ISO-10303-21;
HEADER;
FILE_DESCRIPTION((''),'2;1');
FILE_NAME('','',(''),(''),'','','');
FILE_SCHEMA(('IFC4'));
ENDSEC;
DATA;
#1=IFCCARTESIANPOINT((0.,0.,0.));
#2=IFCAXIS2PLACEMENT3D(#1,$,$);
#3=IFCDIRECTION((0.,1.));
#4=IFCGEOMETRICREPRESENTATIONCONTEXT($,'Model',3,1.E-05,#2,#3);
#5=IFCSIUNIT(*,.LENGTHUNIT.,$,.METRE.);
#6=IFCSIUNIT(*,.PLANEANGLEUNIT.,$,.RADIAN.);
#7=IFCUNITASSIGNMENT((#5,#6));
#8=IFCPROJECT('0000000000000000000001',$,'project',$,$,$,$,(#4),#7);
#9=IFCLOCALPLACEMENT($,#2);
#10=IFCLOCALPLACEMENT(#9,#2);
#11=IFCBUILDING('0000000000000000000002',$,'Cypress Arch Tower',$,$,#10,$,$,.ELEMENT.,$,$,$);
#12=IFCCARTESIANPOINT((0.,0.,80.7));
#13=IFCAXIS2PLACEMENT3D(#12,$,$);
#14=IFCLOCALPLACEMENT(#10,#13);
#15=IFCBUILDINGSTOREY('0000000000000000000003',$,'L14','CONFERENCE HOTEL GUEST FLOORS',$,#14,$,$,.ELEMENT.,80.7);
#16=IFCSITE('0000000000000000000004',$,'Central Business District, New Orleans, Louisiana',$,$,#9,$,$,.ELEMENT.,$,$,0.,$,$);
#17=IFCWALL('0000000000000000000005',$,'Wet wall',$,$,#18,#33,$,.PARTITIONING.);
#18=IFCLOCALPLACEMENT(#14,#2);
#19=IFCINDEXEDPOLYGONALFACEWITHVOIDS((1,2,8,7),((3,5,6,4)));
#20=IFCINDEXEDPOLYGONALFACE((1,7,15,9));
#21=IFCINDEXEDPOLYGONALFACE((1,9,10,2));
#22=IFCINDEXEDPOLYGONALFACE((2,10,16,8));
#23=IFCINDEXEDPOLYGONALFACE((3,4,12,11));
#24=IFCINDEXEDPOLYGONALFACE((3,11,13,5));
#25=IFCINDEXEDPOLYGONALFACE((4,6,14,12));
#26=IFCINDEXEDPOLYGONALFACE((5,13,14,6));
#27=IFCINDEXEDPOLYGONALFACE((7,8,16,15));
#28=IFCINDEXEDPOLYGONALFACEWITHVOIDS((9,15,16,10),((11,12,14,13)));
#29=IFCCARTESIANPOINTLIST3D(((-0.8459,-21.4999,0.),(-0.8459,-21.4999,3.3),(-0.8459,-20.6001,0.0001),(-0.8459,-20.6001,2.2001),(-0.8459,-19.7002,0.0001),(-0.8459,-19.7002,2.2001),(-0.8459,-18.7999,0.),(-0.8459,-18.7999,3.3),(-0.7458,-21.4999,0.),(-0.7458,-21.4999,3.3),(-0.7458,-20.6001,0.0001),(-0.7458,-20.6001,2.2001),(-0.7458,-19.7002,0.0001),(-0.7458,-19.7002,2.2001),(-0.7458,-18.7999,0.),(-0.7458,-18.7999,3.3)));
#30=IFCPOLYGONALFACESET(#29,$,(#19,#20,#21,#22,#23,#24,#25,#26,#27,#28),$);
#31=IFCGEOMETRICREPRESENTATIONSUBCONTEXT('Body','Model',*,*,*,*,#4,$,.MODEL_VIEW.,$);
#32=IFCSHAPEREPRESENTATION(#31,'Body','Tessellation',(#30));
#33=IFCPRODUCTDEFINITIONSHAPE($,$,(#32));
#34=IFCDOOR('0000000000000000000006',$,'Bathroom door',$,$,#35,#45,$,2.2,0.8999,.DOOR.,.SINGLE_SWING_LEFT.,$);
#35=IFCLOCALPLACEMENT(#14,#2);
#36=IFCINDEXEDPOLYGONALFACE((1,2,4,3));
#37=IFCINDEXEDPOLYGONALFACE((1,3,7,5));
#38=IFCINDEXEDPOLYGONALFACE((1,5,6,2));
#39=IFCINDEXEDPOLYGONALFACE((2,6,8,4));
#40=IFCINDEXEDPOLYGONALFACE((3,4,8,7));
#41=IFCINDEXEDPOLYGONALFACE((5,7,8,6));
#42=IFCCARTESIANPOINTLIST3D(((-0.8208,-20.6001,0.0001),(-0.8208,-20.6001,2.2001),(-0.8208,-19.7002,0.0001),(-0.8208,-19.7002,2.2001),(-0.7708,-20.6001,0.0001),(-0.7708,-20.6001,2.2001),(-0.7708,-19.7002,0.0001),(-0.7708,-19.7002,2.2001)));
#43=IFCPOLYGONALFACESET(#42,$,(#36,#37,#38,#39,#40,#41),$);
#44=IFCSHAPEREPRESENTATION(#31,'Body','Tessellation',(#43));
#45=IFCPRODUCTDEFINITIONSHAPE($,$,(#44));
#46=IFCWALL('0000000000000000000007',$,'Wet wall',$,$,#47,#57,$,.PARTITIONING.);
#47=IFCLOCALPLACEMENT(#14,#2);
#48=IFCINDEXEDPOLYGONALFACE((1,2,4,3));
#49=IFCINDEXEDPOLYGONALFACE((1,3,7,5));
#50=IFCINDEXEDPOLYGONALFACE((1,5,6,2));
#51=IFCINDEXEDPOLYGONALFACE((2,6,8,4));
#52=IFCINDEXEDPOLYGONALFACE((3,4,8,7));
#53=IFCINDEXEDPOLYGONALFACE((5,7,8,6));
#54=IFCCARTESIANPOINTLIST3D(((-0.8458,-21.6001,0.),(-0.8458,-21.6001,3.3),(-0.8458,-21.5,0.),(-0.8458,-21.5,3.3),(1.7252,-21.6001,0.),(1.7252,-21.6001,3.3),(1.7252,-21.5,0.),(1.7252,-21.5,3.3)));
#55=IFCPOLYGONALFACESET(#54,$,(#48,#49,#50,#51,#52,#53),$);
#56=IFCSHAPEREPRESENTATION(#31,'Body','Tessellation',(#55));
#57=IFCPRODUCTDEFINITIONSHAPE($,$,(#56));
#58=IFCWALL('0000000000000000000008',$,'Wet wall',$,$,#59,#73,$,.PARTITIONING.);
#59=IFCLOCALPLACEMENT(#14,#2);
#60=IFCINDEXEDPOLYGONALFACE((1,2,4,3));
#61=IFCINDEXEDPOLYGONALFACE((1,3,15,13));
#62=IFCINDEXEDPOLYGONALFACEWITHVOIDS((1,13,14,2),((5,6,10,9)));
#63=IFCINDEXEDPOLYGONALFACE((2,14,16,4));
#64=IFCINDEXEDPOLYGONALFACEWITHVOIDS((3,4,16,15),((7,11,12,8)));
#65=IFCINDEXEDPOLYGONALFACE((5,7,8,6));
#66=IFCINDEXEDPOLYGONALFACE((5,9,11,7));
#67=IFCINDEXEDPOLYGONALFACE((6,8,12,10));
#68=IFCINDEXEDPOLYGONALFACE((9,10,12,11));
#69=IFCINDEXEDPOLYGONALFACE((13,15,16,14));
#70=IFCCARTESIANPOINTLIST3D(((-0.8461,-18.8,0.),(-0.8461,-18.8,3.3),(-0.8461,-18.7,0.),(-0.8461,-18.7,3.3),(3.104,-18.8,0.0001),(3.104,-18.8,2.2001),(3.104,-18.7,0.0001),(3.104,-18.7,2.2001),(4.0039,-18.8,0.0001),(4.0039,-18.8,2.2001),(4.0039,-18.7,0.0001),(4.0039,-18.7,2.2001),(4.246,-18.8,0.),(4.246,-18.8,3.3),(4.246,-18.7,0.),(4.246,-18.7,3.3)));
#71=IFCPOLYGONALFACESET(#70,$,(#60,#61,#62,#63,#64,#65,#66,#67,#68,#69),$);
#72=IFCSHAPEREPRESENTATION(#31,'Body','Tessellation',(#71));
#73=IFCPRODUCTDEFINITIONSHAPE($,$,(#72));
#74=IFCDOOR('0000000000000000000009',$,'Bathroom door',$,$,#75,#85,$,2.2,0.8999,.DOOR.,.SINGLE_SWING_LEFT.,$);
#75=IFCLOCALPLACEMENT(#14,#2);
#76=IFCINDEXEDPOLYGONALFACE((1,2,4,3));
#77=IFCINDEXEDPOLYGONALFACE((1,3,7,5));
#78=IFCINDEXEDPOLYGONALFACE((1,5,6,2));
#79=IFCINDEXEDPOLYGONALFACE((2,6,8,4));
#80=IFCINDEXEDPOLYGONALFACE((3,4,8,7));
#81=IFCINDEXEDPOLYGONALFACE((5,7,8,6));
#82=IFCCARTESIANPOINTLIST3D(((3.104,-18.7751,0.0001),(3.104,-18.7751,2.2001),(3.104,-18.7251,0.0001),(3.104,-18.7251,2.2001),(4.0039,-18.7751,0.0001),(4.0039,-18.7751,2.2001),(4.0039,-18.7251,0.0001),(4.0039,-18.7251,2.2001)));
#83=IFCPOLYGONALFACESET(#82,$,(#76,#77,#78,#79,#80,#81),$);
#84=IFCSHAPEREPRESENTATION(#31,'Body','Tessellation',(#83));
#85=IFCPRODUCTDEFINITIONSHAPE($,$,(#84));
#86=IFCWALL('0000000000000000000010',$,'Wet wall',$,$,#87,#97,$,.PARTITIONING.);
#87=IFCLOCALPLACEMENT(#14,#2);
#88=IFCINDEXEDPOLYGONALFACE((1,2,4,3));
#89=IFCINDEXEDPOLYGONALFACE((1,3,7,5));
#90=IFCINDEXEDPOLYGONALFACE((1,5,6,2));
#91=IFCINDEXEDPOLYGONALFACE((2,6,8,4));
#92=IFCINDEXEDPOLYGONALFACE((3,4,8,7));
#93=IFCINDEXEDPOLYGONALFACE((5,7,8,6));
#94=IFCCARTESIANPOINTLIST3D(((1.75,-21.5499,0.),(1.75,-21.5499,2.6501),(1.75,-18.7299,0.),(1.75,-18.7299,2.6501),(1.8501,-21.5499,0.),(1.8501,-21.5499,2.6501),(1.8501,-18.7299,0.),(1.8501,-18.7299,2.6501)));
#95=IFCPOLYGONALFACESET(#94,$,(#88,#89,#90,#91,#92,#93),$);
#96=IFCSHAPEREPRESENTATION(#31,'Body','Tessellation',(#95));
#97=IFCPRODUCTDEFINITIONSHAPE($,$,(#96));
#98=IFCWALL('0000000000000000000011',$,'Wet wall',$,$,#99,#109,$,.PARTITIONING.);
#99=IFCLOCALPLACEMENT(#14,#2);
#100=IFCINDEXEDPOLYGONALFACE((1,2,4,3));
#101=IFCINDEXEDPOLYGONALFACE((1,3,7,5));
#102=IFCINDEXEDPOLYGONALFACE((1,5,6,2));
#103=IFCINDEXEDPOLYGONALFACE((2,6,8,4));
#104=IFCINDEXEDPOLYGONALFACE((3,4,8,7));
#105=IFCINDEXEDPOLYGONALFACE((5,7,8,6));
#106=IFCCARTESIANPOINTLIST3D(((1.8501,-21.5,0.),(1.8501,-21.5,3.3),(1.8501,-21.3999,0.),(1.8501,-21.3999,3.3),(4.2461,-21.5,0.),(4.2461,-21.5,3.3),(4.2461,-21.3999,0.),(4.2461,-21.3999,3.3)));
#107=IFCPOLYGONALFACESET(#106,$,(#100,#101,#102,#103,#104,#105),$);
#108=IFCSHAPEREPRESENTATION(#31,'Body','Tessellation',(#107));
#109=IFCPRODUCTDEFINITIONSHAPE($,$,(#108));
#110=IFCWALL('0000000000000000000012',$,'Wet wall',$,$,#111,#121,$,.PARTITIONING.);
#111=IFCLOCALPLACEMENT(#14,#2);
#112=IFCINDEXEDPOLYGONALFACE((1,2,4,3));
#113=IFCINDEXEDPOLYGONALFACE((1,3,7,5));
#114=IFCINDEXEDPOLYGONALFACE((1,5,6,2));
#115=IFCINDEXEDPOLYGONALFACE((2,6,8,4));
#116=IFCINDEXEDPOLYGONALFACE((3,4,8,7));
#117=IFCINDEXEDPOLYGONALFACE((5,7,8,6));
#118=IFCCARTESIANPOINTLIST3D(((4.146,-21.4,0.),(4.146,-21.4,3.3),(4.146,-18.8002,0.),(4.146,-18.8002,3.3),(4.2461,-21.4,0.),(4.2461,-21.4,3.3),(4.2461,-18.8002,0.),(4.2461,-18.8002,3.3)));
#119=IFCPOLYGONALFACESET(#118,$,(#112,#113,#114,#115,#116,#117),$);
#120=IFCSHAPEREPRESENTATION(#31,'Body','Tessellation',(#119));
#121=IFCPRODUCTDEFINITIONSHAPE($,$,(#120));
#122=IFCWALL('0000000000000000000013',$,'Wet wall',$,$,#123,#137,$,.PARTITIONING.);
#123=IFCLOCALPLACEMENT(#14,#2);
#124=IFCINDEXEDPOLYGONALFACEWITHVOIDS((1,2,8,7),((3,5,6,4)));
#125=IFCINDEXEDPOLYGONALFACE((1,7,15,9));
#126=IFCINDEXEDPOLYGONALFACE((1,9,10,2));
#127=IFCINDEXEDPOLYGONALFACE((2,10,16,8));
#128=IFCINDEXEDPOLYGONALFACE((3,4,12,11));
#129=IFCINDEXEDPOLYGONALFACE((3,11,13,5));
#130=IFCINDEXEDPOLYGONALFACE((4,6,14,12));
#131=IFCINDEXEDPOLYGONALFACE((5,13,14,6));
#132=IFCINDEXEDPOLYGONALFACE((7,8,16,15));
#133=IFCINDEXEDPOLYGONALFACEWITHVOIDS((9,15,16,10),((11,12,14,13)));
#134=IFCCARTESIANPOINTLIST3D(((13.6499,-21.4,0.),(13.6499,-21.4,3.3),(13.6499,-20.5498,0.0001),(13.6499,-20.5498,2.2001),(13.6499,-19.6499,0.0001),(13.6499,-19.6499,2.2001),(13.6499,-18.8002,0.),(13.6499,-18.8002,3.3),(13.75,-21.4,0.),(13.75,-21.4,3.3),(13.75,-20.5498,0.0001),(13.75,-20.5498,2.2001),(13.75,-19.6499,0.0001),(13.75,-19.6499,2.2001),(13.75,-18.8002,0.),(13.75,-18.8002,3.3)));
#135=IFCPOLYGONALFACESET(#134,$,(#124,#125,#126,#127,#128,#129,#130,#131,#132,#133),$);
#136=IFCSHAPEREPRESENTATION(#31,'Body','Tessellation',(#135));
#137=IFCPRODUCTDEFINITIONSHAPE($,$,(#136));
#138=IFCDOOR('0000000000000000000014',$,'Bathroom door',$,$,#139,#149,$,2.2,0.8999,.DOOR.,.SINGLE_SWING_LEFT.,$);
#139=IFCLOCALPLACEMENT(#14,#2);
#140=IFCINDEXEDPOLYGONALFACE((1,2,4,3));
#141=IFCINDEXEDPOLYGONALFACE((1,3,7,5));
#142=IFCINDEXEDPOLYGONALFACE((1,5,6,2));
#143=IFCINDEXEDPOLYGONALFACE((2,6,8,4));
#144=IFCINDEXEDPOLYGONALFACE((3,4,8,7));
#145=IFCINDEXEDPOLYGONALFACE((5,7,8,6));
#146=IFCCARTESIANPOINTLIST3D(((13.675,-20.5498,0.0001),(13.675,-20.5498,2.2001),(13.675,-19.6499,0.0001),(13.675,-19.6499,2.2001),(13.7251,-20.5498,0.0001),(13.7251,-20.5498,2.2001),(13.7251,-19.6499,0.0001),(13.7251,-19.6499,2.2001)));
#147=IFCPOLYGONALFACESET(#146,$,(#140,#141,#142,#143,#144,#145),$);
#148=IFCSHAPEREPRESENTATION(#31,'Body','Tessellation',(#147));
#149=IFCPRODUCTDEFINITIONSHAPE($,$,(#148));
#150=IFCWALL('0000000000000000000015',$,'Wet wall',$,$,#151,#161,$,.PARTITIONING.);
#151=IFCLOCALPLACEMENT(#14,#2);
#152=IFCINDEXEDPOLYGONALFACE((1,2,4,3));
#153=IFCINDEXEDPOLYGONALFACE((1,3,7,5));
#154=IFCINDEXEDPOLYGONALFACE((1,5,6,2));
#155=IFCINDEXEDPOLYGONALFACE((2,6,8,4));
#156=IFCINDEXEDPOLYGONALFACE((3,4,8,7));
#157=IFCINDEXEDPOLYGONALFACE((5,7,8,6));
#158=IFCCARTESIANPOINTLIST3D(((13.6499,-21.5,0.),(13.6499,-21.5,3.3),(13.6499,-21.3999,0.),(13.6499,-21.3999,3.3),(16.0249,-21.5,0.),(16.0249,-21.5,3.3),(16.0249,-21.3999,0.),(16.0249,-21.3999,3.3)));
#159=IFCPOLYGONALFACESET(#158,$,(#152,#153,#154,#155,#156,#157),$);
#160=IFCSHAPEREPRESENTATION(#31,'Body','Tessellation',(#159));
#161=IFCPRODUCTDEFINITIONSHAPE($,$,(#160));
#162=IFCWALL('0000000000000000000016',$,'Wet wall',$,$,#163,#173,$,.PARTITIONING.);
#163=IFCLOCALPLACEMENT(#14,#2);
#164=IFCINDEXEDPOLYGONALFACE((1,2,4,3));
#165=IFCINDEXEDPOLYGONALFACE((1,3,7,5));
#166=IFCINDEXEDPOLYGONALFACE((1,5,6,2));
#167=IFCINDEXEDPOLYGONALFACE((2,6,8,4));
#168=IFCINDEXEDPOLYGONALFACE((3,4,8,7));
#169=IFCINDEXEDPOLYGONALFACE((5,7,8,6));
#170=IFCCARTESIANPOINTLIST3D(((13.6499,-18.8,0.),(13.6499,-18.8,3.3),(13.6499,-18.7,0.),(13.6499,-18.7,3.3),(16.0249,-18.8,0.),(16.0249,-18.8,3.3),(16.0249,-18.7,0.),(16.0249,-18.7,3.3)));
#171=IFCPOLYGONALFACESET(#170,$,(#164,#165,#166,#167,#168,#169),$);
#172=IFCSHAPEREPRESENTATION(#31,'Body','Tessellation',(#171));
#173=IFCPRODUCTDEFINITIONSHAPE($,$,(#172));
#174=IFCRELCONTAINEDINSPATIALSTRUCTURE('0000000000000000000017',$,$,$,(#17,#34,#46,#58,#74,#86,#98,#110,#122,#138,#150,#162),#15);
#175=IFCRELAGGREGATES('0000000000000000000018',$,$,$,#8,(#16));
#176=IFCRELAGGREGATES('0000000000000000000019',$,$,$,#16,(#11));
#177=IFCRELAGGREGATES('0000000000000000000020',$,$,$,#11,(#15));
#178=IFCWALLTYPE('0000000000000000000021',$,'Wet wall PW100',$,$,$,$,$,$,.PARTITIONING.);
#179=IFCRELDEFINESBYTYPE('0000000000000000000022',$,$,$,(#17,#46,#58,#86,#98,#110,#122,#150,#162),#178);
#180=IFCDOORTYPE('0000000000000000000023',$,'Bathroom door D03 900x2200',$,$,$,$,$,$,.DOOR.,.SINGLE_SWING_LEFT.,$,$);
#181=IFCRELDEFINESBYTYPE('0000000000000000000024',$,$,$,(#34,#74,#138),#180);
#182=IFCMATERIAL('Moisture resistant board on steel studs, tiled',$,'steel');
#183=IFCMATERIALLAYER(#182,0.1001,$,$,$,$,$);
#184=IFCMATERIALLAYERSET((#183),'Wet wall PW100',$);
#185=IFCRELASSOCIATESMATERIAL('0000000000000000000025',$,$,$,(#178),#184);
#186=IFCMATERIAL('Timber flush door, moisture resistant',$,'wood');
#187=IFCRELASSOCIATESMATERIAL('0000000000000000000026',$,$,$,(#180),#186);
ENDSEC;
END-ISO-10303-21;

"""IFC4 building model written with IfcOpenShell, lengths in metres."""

from ifc_helpers import new_model, si_unit, direction, frame, frame_2d, origin, place, context, subcontext, project, spatial, rectangle, extrude, material, layer, layer_set, type_object, element, fill, save


model = new_model("IFC4")

# Units and contexts
model_context = context("Model", 3, precision=1e-05, world=origin(), true_north=direction((0.0, 1.0)))
body_context = subcontext(model_context, "Body", "Model", "MODEL_VIEW")
ifc_project = project(units=[si_unit("LENGTHUNIT", "METRE"), si_unit("PLANEANGLEUNIT", "RADIAN")], contexts=[model_context])

# Site, building, storey
site_placement = place(None, origin())
site = spatial("IfcSite", under=ifc_project, at=site_placement, Name="Central Business District, New Orleans, Louisiana", CompositionType="ELEMENT", RefElevation=0.0)
building_placement = place(site_placement, origin())
building = spatial("IfcBuilding", under=site, at=building_placement, Name="Cypress Arch Tower", CompositionType="ELEMENT")
storey_placement = place(building_placement, frame((0.0, 0.0, 80.7)))
storey = spatial("IfcBuildingStorey", under=building, at=storey_placement, Name="L14", Description="CONFERENCE HOTEL GUEST FLOORS", CompositionType="ELEMENT", Elevation=80.7)

# Wall, opening, door
ifc_material_1 = material(Name="Moisture resistant board on steel studs, tiled", Category="steel")
ifc_layer_1 = layer(ifc_material_1, 0.1001)
ifc_layer_set_1 = layer_set([ifc_layer_1], Name="Wet wall PW100")
wall_type_1 = type_object("IfcWallType", Name="Wet wall PW100", PredefinedType="PARTITIONING", material=ifc_layer_set_1)
wall_1_placement = place(storey_placement, frame((-0.7959, -21.5, 0.0), z_axis=(0.0, 0.0, 1.0), x_axis=(0.0, 1.0, 0.0)))
wall_1 = element("IfcWall", 1, at=wall_1_placement, inside=storey, type_object=wall_type_1, Name="Wet wall", PredefinedType="PARTITIONING", context=body_context, shape_type="SweptSolid", body=[
    extrude(rectangle(XDim=2.7, YDim=0.1001, at=frame_2d((1.3501, 0.0))), origin(), (0.0, 0.0, 1.0), 3.3),
])
opening_1_placement = place(wall_1_placement, frame((0.8999, 0.0, 0.0)))
opening_1 = element("IfcOpeningElement", 2, at=opening_1_placement, cuts=wall_1, PredefinedType="OPENING", context=body_context, shape_type="SweptSolid", body=[
    extrude(rectangle(XDim=0.8999, YDim=2.2, at=frame_2d((0.45, 1.1001))), frame((0.0, 0.0601, 0.0), z_axis=(0.0, -1.0, 0.0), x_axis=(1.0, 0.0, 0.0)), (0.0, 0.0, 1.0), 0.1201),
])
ifc_material_2 = material(Name="Timber flush door, moisture resistant", Category="wood")
door_type_1 = type_object("IfcDoorType", Name="Bathroom door D03 900x2200", OperationType="SINGLE_SWING_LEFT", PredefinedType="DOOR", material=ifc_material_2)
door_1_placement = place(opening_1_placement, origin())
door_1 = element("IfcDoor", 3, at=door_1_placement, inside=storey, type_object=door_type_1, Name="Bathroom door", OperationType="SINGLE_SWING_LEFT", OverallHeight=2.2, OverallWidth=0.8999, PredefinedType="DOOR", context=body_context, shape_type="SweptSolid", body=[
    extrude(rectangle(XDim=0.8999, YDim=2.2, at=frame_2d((0.45, 1.1001))), frame((0.0, 0.0249, 0.0), z_axis=(0.0, -1.0, 0.0), x_axis=(1.0, 0.0, 0.0)), (0.0, 0.0, 1.0), 0.05),
])
fill(opening_1, door_1)

# Wall
wall_2_placement = place(storey_placement, frame((-0.8459, -21.55, 0.0), z_axis=(0.0, 0.0, 1.0), x_axis=(1.0, 0.0, 0.0)))
element("IfcWall", 4, at=wall_2_placement, inside=storey, type_object=wall_type_1, Name="Wet wall", PredefinedType="PARTITIONING", context=body_context, shape_type="SweptSolid", body=[
    extrude(rectangle(XDim=2.571, YDim=0.1001, at=frame_2d((1.2856, 0.0))), origin(), (0.0, 0.0, 1.0), 3.3),
])

# Wall, opening, door
wall_3_placement = place(storey_placement, frame((-0.8459, -18.75, 0.0), z_axis=(0.0, 0.0, 1.0), x_axis=(1.0, 0.0, 0.0)))
wall_3 = element("IfcWall", 5, at=wall_3_placement, inside=storey, type_object=wall_type_1, Name="Wet wall", PredefinedType="PARTITIONING", context=body_context, shape_type="SweptSolid", body=[
    extrude(rectangle(XDim=5.092, YDim=0.1001, at=frame_2d((2.5459, 0.0))), origin(), (0.0, 0.0, 1.0), 3.3),
])
opening_2_placement = place(wall_3_placement, frame((3.95, 0.0, 0.0)))
opening_2 = element("IfcOpeningElement", 6, at=opening_2_placement, cuts=wall_3, PredefinedType="OPENING", context=body_context, shape_type="SweptSolid", body=[
    extrude(rectangle(XDim=0.8999, YDim=2.2, at=frame_2d((0.45, 1.1001))), frame((0.0, 0.0601, 0.0), z_axis=(0.0, -1.0, 0.0), x_axis=(1.0, 0.0, 0.0)), (0.0, 0.0, 1.0), 0.1201),
])
door_2_placement = place(opening_2_placement, origin())
door_2 = element("IfcDoor", 7, at=door_2_placement, inside=storey, type_object=door_type_1, Name="Bathroom door", OperationType="SINGLE_SWING_LEFT", OverallHeight=2.2, OverallWidth=0.8999, PredefinedType="DOOR", context=body_context, shape_type="SweptSolid", body=[
    extrude(rectangle(XDim=0.8999, YDim=2.2, at=frame_2d((0.45, 1.1001))), frame((0.0, 0.0249, 0.0), z_axis=(0.0, -1.0, 0.0), x_axis=(1.0, 0.0, 0.0)), (0.0, 0.0, 1.0), 0.05),
])
fill(opening_2, door_2)

# Walls
wall_4_placement = place(storey_placement, frame((1.8, -21.55, 0.0), z_axis=(0.0, 0.0, 1.0), x_axis=(0.0, 1.0, 0.0)))
element("IfcWall", 8, at=wall_4_placement, inside=storey, type_object=wall_type_1, Name="Wet wall", PredefinedType="PARTITIONING", context=body_context, shape_type="SweptSolid", body=[
    extrude(rectangle(XDim=2.8201, YDim=0.1001, at=frame_2d((1.4102, 0.0))), origin(), (0.0, 0.0, 1.0), 2.6501),
])
wall_5_placement = place(storey_placement, frame((1.8501, -21.45, 0.0), z_axis=(0.0, 0.0, 1.0), x_axis=(1.0, 0.0, 0.0)))
element("IfcWall", 9, at=wall_5_placement, inside=storey, type_object=wall_type_1, Name="Wet wall", PredefinedType="PARTITIONING", context=body_context, shape_type="SweptSolid", body=[
    extrude(rectangle(XDim=2.396, YDim=0.1001, at=frame_2d((1.198, 0.0))), origin(), (0.0, 0.0, 1.0), 3.3),
])
wall_6_placement = place(storey_placement, frame((4.196, -21.3999, 0.0), z_axis=(0.0, 0.0, 1.0), x_axis=(0.0, 1.0, 0.0)))
element("IfcWall", 10, at=wall_6_placement, inside=storey, type_object=wall_type_1, Name="Wet wall", PredefinedType="PARTITIONING", context=body_context, shape_type="SweptSolid", body=[
    extrude(rectangle(XDim=2.5999, YDim=0.1001, at=frame_2d((1.2998, 0.0))), origin(), (0.0, 0.0, 1.0), 3.3),
])

# Wall, opening, door
wall_7_placement = place(storey_placement, frame((13.7, -21.3999, 0.0), z_axis=(0.0, 0.0, 1.0), x_axis=(0.0, 1.0, 0.0)))
wall_7 = element("IfcWall", 11, at=wall_7_placement, inside=storey, type_object=wall_type_1, Name="Wet wall", PredefinedType="PARTITIONING", context=body_context, shape_type="SweptSolid", body=[
    extrude(rectangle(XDim=2.5999, YDim=0.1001, at=frame_2d((1.2998, 0.0))), origin(), (0.0, 0.0, 1.0), 3.3),
])
opening_3_placement = place(wall_7_placement, frame((0.8501, 0.0, 0.0)))
opening_3 = element("IfcOpeningElement", 12, at=opening_3_placement, cuts=wall_7, PredefinedType="OPENING", context=body_context, shape_type="SweptSolid", body=[
    extrude(rectangle(XDim=0.8999, YDim=2.2, at=frame_2d((0.45, 1.1001))), frame((0.0, 0.0601, 0.0), z_axis=(0.0, -1.0, 0.0), x_axis=(1.0, 0.0, 0.0)), (0.0, 0.0, 1.0), 0.1201),
])
door_3_placement = place(opening_3_placement, origin())
door_3 = element("IfcDoor", 13, at=door_3_placement, inside=storey, type_object=door_type_1, Name="Bathroom door", OperationType="SINGLE_SWING_LEFT", OverallHeight=2.2, OverallWidth=0.8999, PredefinedType="DOOR", context=body_context, shape_type="SweptSolid", body=[
    extrude(rectangle(XDim=0.8999, YDim=2.2, at=frame_2d((0.45, 1.1001))), frame((0.0, 0.0249, 0.0), z_axis=(0.0, -1.0, 0.0), x_axis=(1.0, 0.0, 0.0)), (0.0, 0.0, 1.0), 0.05),
])
fill(opening_3, door_3)

# Walls
for number, where, z_axis, x_axis, name in (
    (14, (13.6499, -21.45, 0.0), (0.0, 0.0, 1.0), (1.0, 0.0, 0.0), "Wet wall"),
    (15, (13.6499, -18.75, 0.0), (0.0, 0.0, 1.0), (1.0, 0.0, 0.0), "Wet wall"),
):
    element("IfcWall", number, at=place(storey_placement, frame(where, z_axis=z_axis, x_axis=x_axis)), inside=storey, type_object=wall_type_1, Name=name, PredefinedType="PARTITIONING", context=body_context, shape_type="SweptSolid", body=[
        extrude(rectangle(XDim=2.375, YDim=0.1001, at=frame_2d((1.1875, 0.0))), origin(), (0.0, 0.0, 1.0), 3.3),
    ])

save(model, "model.ifc")
